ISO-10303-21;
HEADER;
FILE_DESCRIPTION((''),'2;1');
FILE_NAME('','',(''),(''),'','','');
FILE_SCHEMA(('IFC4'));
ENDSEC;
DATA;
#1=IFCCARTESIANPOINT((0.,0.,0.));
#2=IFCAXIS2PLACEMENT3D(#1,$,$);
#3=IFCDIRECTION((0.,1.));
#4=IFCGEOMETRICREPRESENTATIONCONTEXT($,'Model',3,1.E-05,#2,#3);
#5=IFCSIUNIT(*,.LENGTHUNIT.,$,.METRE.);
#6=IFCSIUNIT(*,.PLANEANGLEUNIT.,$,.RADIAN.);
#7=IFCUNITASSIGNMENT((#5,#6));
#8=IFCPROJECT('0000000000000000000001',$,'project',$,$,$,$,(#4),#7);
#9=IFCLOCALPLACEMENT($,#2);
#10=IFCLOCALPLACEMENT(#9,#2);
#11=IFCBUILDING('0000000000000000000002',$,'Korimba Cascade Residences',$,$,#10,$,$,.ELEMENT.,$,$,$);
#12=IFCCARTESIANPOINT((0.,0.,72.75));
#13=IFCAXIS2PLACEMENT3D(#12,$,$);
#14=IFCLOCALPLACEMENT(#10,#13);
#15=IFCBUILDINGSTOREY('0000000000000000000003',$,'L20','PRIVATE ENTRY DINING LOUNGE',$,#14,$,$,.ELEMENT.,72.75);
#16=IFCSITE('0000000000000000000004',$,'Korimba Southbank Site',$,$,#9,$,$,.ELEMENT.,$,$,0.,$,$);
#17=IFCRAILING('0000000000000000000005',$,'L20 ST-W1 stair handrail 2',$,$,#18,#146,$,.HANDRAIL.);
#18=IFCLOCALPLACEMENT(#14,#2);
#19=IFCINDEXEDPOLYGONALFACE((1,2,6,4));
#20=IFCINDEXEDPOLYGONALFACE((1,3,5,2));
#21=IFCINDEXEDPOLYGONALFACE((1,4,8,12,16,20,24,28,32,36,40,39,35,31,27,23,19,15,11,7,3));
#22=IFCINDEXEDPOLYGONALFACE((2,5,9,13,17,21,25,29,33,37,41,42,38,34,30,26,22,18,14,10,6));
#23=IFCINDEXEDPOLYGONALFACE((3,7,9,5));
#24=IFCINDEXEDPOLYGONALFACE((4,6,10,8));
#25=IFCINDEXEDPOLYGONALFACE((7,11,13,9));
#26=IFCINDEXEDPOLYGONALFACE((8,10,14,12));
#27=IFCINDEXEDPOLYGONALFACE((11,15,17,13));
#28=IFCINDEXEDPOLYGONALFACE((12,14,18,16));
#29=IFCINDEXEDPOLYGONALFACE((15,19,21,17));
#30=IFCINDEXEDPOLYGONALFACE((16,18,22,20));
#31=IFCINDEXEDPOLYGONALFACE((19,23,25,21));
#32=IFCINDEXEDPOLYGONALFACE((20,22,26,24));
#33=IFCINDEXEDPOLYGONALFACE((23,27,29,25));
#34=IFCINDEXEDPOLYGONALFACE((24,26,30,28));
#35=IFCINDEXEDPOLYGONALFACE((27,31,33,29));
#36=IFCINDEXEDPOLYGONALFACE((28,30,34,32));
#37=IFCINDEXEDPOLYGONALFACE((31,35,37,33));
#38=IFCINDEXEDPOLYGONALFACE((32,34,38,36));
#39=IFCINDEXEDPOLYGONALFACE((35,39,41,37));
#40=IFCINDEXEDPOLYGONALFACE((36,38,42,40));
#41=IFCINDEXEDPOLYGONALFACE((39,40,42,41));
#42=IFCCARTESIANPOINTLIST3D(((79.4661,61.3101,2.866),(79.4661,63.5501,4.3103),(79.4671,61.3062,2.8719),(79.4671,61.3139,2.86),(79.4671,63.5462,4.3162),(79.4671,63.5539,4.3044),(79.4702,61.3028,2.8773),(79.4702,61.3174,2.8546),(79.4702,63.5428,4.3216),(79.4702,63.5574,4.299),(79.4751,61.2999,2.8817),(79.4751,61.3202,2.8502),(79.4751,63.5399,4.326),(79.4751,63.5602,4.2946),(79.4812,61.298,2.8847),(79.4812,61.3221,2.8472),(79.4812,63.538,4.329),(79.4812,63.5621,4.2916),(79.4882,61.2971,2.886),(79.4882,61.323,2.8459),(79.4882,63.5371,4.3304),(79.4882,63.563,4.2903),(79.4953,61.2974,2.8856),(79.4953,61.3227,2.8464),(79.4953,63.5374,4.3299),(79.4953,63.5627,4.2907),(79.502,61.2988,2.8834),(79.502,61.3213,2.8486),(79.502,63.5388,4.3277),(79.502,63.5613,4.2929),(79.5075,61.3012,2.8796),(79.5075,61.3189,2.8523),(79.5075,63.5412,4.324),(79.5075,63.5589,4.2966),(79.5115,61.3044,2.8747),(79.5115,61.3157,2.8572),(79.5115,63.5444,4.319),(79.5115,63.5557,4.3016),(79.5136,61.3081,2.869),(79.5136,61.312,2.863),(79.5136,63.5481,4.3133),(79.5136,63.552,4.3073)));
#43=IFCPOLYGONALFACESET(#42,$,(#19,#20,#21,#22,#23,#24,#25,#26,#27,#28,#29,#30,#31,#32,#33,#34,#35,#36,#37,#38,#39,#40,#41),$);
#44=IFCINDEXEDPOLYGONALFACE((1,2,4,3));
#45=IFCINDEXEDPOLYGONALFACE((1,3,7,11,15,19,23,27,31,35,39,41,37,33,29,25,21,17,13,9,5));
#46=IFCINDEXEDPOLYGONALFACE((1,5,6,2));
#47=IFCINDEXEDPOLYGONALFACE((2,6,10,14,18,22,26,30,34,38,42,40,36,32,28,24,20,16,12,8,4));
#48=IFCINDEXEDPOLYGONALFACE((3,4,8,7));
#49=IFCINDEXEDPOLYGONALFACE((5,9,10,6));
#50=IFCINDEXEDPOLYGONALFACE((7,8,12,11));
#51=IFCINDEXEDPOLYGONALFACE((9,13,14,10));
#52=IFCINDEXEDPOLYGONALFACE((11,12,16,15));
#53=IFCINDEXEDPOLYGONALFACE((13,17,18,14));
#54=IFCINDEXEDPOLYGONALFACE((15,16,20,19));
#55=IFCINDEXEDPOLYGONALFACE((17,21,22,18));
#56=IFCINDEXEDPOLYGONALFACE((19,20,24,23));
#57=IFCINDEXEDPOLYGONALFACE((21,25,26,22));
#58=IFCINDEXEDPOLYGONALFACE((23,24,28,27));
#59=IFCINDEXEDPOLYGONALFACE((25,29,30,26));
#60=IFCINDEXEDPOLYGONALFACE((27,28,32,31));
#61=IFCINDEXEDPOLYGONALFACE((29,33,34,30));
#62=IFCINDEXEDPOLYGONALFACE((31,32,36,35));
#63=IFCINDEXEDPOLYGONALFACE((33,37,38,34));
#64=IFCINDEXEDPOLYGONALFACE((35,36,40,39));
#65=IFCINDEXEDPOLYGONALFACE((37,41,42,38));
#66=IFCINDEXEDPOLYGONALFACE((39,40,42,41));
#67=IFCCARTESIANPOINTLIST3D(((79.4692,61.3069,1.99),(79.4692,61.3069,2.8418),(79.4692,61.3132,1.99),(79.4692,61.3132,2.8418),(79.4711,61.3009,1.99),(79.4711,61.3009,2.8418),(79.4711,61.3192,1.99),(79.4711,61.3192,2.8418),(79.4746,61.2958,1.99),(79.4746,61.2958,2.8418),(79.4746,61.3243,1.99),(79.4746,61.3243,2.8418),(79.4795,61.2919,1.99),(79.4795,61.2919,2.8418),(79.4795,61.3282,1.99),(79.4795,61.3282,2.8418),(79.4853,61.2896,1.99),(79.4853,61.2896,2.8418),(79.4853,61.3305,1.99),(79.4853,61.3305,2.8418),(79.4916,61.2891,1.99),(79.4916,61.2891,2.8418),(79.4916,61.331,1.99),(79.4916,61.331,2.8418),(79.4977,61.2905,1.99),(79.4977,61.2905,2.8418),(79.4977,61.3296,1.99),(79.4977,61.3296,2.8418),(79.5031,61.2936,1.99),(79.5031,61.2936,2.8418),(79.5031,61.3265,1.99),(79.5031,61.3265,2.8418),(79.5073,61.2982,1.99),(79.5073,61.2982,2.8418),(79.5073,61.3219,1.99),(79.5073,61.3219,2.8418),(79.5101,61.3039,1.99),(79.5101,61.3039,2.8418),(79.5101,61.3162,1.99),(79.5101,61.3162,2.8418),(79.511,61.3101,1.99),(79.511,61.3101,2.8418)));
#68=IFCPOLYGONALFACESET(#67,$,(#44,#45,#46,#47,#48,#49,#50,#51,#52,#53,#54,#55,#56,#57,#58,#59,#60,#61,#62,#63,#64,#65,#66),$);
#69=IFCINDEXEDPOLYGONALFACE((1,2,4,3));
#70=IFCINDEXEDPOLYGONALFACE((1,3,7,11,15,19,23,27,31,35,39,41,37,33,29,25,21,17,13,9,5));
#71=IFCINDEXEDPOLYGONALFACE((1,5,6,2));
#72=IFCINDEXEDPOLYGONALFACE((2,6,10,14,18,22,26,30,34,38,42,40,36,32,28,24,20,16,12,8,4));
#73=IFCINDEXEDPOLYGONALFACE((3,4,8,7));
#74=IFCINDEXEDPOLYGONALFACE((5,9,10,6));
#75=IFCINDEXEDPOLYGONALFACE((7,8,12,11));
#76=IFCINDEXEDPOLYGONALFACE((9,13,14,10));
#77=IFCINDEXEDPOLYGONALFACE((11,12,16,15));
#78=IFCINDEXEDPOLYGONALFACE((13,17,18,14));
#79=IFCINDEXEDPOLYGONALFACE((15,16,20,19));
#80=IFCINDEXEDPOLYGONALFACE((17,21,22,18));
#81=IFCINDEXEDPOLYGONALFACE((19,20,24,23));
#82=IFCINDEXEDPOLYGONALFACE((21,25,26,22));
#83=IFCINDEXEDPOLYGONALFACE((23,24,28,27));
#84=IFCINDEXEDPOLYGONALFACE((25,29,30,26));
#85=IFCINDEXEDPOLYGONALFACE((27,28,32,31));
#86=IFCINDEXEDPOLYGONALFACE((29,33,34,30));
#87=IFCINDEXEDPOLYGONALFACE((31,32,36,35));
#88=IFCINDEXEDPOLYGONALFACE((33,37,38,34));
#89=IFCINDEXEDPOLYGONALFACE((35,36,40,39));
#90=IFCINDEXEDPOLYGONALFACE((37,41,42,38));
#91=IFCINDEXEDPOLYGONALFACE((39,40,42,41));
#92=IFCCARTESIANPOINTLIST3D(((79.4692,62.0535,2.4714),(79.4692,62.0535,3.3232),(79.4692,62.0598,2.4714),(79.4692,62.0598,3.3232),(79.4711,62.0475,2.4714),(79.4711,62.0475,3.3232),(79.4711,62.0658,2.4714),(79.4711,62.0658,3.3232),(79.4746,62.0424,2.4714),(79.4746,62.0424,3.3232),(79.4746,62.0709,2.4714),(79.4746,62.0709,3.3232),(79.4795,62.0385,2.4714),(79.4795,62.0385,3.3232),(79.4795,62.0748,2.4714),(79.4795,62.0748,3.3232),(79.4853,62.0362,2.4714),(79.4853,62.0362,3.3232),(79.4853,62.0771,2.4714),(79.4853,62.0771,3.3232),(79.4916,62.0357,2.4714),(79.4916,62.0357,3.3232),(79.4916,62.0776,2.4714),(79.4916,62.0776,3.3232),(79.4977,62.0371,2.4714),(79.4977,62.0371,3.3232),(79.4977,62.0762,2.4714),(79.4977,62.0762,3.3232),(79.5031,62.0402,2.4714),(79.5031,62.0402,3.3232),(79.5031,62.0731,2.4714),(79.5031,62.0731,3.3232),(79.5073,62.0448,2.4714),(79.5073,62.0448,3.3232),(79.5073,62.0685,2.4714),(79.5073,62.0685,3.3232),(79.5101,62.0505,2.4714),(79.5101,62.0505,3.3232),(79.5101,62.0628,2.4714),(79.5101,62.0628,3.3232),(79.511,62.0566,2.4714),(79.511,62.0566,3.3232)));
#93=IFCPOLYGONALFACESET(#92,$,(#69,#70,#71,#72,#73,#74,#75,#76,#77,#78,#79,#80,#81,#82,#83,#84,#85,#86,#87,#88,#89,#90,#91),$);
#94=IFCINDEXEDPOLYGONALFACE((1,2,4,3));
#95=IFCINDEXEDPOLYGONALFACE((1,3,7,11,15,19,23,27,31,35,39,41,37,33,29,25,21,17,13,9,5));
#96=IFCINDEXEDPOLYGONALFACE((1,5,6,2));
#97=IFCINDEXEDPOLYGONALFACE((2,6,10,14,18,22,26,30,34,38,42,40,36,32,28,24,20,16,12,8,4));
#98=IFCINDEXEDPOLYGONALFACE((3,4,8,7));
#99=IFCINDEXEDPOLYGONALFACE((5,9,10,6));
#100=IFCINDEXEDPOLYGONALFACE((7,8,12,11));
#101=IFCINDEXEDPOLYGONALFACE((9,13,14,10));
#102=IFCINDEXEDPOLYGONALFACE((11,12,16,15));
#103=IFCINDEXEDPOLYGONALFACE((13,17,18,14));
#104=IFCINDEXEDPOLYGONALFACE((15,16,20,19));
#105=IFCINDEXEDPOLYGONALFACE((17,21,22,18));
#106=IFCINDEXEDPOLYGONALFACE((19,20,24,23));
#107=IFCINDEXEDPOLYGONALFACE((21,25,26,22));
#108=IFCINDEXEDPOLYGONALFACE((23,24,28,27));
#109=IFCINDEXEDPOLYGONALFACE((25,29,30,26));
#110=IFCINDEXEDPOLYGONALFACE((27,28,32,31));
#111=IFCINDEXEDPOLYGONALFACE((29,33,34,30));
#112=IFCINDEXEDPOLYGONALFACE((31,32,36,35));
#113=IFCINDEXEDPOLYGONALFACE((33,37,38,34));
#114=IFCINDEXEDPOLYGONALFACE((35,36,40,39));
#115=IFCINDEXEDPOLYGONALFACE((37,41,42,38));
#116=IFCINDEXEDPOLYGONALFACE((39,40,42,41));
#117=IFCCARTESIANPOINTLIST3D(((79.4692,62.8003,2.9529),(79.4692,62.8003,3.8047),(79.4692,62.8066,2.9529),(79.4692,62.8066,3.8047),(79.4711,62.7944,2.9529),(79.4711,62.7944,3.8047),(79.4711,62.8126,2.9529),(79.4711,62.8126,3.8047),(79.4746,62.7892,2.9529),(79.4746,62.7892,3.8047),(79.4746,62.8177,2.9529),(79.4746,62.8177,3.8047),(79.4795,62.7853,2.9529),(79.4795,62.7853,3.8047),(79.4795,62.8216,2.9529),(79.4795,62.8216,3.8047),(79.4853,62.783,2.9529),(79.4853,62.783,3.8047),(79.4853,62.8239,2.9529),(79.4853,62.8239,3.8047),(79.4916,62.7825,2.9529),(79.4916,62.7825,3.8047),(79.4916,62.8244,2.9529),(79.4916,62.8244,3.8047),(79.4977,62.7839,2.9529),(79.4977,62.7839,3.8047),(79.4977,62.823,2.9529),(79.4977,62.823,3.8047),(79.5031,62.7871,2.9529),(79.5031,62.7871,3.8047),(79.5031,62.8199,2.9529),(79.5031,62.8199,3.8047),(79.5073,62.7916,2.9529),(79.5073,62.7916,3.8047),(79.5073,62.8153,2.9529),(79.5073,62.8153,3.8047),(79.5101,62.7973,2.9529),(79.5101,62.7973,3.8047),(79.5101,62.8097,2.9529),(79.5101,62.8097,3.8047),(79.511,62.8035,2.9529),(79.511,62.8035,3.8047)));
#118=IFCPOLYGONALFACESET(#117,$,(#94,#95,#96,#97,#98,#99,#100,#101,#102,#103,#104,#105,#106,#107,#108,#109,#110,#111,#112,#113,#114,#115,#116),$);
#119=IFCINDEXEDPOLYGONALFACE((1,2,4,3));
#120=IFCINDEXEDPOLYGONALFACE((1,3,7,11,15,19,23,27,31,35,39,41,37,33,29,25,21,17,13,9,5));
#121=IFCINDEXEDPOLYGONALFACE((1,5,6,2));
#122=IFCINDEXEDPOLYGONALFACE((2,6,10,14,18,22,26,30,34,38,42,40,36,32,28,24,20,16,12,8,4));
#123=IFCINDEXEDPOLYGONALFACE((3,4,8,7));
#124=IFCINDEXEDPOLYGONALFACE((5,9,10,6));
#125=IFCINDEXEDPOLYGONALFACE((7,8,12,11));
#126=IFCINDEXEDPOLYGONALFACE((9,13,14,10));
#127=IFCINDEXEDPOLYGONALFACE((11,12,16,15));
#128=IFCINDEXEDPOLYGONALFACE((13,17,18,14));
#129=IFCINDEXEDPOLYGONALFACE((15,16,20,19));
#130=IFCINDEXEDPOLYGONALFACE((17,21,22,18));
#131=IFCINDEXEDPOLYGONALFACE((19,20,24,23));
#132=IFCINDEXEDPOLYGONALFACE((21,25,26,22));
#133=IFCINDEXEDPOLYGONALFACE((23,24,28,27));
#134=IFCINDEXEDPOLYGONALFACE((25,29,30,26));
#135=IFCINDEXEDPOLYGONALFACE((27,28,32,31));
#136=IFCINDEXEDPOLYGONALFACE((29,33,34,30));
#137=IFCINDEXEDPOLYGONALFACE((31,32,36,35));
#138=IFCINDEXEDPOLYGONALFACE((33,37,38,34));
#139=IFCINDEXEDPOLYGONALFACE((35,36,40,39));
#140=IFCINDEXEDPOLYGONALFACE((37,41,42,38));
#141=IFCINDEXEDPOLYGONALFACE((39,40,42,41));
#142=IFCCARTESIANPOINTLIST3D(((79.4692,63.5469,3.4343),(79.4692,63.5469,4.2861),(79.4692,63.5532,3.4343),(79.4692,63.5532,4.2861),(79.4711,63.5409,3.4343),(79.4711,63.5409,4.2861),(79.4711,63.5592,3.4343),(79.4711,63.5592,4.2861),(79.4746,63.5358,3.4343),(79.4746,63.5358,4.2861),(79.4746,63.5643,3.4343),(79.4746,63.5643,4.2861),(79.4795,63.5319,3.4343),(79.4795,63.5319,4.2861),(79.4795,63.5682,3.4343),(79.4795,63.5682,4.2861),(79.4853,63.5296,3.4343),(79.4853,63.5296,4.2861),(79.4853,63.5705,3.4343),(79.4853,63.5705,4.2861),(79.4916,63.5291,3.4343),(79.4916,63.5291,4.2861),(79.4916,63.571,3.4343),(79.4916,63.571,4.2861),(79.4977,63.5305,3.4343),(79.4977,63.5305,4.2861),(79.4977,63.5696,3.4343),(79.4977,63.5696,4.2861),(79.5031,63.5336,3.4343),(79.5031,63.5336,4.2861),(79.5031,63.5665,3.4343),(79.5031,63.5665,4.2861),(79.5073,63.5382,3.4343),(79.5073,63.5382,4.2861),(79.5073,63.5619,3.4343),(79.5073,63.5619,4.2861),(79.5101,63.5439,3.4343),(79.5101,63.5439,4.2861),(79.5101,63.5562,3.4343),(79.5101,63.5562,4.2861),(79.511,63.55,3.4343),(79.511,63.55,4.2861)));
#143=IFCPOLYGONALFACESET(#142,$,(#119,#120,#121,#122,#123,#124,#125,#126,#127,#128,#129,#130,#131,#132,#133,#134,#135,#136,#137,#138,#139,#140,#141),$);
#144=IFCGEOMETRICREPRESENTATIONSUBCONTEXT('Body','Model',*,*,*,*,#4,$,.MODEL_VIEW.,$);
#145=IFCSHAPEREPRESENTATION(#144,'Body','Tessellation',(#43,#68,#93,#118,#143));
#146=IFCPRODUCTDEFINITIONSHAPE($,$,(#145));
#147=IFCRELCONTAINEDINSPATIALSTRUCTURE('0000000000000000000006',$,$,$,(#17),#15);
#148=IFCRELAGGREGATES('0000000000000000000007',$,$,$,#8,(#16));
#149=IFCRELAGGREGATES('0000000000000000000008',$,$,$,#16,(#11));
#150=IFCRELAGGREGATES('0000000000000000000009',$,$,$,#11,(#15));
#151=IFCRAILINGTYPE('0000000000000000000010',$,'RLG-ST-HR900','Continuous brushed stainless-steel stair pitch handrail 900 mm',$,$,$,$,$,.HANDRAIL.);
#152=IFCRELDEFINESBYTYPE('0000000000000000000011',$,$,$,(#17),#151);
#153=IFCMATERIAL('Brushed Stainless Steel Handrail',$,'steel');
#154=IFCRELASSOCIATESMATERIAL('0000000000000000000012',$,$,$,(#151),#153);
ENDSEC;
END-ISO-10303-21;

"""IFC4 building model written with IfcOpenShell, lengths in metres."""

from ifc_helpers import new_model, si_unit, direction, frame, origin, origin_2d, place, context, subcontext, project, spatial, circle, extrude, material, type_object, element, save


model = new_model("IFC4")

# Units and contexts
model_context = context("Model", 3, precision=1e-05, world=origin(), true_north=direction((0.0, 1.0)))
body_context = subcontext(model_context, "Body", "Model", "MODEL_VIEW")
ifc_project = project(units=[si_unit("LENGTHUNIT", "METRE"), si_unit("PLANEANGLEUNIT", "RADIAN")], contexts=[model_context])

# Site, building, storey
site_placement = place(None, origin())
site = spatial("IfcSite", under=ifc_project, at=site_placement, Name="Korimba Southbank Site", CompositionType="ELEMENT", RefElevation=0.0)
building_placement = place(site_placement, origin())
building = spatial("IfcBuilding", under=site, at=building_placement, Name="Korimba Cascade Residences", CompositionType="ELEMENT")
storey_placement = place(building_placement, frame((0.0, 0.0, 72.75)))
storey = spatial("IfcBuildingStorey", under=building, at=storey_placement, Name="L20", Description="PRIVATE ENTRY DINING LOUNGE", CompositionType="ELEMENT", Elevation=72.75)

# Railing
ifc_material_1 = material(Name="Brushed Stainless Steel Handrail", Category="steel")
railing_type_1 = type_object("IfcRailingType", Name="RLG-ST-HR900", Description="Continuous brushed stainless-steel stair pitch handrail 900 mm", PredefinedType="HANDRAIL", material=ifc_material_1)
railing_1_placement = place(storey_placement, frame((79.49, 61.3101, 1.99)))
element("IfcRailing", 1, at=railing_1_placement, inside=storey, type_object=railing_type_1, Name="L20 ST-W1 stair handrail 2", PredefinedType="HANDRAIL", context=body_context, shape_type="SweptSolid", body=[
    extrude(circle(Radius=0.0239, at=origin_2d()), frame((0.0, 0.0, 0.876), z_axis=(0.0, 0.840437, 0.54191), x_axis=(-1.0, 0.0, 0.0)), (0.0, 0.0, 1.0), 2.6653),
    extrude(circle(Radius=0.021, at=origin_2d()), origin(), (0.0, 0.0, 1.0), 0.8518),
    extrude(circle(Radius=0.021, at=origin_2d()), frame((0.0, 0.7466, 0.4814)), (0.0, 0.0, 1.0), 0.8518),
    extrude(circle(Radius=0.021, at=origin_2d()), frame((0.0, 1.4934, 0.9629)), (0.0, 0.0, 1.0), 0.8518),
    extrude(circle(Radius=0.021, at=origin_2d()), frame((0.0, 2.24, 1.4443)), (0.0, 0.0, 1.0), 0.8518),
])

save(model, "model.ifc")
